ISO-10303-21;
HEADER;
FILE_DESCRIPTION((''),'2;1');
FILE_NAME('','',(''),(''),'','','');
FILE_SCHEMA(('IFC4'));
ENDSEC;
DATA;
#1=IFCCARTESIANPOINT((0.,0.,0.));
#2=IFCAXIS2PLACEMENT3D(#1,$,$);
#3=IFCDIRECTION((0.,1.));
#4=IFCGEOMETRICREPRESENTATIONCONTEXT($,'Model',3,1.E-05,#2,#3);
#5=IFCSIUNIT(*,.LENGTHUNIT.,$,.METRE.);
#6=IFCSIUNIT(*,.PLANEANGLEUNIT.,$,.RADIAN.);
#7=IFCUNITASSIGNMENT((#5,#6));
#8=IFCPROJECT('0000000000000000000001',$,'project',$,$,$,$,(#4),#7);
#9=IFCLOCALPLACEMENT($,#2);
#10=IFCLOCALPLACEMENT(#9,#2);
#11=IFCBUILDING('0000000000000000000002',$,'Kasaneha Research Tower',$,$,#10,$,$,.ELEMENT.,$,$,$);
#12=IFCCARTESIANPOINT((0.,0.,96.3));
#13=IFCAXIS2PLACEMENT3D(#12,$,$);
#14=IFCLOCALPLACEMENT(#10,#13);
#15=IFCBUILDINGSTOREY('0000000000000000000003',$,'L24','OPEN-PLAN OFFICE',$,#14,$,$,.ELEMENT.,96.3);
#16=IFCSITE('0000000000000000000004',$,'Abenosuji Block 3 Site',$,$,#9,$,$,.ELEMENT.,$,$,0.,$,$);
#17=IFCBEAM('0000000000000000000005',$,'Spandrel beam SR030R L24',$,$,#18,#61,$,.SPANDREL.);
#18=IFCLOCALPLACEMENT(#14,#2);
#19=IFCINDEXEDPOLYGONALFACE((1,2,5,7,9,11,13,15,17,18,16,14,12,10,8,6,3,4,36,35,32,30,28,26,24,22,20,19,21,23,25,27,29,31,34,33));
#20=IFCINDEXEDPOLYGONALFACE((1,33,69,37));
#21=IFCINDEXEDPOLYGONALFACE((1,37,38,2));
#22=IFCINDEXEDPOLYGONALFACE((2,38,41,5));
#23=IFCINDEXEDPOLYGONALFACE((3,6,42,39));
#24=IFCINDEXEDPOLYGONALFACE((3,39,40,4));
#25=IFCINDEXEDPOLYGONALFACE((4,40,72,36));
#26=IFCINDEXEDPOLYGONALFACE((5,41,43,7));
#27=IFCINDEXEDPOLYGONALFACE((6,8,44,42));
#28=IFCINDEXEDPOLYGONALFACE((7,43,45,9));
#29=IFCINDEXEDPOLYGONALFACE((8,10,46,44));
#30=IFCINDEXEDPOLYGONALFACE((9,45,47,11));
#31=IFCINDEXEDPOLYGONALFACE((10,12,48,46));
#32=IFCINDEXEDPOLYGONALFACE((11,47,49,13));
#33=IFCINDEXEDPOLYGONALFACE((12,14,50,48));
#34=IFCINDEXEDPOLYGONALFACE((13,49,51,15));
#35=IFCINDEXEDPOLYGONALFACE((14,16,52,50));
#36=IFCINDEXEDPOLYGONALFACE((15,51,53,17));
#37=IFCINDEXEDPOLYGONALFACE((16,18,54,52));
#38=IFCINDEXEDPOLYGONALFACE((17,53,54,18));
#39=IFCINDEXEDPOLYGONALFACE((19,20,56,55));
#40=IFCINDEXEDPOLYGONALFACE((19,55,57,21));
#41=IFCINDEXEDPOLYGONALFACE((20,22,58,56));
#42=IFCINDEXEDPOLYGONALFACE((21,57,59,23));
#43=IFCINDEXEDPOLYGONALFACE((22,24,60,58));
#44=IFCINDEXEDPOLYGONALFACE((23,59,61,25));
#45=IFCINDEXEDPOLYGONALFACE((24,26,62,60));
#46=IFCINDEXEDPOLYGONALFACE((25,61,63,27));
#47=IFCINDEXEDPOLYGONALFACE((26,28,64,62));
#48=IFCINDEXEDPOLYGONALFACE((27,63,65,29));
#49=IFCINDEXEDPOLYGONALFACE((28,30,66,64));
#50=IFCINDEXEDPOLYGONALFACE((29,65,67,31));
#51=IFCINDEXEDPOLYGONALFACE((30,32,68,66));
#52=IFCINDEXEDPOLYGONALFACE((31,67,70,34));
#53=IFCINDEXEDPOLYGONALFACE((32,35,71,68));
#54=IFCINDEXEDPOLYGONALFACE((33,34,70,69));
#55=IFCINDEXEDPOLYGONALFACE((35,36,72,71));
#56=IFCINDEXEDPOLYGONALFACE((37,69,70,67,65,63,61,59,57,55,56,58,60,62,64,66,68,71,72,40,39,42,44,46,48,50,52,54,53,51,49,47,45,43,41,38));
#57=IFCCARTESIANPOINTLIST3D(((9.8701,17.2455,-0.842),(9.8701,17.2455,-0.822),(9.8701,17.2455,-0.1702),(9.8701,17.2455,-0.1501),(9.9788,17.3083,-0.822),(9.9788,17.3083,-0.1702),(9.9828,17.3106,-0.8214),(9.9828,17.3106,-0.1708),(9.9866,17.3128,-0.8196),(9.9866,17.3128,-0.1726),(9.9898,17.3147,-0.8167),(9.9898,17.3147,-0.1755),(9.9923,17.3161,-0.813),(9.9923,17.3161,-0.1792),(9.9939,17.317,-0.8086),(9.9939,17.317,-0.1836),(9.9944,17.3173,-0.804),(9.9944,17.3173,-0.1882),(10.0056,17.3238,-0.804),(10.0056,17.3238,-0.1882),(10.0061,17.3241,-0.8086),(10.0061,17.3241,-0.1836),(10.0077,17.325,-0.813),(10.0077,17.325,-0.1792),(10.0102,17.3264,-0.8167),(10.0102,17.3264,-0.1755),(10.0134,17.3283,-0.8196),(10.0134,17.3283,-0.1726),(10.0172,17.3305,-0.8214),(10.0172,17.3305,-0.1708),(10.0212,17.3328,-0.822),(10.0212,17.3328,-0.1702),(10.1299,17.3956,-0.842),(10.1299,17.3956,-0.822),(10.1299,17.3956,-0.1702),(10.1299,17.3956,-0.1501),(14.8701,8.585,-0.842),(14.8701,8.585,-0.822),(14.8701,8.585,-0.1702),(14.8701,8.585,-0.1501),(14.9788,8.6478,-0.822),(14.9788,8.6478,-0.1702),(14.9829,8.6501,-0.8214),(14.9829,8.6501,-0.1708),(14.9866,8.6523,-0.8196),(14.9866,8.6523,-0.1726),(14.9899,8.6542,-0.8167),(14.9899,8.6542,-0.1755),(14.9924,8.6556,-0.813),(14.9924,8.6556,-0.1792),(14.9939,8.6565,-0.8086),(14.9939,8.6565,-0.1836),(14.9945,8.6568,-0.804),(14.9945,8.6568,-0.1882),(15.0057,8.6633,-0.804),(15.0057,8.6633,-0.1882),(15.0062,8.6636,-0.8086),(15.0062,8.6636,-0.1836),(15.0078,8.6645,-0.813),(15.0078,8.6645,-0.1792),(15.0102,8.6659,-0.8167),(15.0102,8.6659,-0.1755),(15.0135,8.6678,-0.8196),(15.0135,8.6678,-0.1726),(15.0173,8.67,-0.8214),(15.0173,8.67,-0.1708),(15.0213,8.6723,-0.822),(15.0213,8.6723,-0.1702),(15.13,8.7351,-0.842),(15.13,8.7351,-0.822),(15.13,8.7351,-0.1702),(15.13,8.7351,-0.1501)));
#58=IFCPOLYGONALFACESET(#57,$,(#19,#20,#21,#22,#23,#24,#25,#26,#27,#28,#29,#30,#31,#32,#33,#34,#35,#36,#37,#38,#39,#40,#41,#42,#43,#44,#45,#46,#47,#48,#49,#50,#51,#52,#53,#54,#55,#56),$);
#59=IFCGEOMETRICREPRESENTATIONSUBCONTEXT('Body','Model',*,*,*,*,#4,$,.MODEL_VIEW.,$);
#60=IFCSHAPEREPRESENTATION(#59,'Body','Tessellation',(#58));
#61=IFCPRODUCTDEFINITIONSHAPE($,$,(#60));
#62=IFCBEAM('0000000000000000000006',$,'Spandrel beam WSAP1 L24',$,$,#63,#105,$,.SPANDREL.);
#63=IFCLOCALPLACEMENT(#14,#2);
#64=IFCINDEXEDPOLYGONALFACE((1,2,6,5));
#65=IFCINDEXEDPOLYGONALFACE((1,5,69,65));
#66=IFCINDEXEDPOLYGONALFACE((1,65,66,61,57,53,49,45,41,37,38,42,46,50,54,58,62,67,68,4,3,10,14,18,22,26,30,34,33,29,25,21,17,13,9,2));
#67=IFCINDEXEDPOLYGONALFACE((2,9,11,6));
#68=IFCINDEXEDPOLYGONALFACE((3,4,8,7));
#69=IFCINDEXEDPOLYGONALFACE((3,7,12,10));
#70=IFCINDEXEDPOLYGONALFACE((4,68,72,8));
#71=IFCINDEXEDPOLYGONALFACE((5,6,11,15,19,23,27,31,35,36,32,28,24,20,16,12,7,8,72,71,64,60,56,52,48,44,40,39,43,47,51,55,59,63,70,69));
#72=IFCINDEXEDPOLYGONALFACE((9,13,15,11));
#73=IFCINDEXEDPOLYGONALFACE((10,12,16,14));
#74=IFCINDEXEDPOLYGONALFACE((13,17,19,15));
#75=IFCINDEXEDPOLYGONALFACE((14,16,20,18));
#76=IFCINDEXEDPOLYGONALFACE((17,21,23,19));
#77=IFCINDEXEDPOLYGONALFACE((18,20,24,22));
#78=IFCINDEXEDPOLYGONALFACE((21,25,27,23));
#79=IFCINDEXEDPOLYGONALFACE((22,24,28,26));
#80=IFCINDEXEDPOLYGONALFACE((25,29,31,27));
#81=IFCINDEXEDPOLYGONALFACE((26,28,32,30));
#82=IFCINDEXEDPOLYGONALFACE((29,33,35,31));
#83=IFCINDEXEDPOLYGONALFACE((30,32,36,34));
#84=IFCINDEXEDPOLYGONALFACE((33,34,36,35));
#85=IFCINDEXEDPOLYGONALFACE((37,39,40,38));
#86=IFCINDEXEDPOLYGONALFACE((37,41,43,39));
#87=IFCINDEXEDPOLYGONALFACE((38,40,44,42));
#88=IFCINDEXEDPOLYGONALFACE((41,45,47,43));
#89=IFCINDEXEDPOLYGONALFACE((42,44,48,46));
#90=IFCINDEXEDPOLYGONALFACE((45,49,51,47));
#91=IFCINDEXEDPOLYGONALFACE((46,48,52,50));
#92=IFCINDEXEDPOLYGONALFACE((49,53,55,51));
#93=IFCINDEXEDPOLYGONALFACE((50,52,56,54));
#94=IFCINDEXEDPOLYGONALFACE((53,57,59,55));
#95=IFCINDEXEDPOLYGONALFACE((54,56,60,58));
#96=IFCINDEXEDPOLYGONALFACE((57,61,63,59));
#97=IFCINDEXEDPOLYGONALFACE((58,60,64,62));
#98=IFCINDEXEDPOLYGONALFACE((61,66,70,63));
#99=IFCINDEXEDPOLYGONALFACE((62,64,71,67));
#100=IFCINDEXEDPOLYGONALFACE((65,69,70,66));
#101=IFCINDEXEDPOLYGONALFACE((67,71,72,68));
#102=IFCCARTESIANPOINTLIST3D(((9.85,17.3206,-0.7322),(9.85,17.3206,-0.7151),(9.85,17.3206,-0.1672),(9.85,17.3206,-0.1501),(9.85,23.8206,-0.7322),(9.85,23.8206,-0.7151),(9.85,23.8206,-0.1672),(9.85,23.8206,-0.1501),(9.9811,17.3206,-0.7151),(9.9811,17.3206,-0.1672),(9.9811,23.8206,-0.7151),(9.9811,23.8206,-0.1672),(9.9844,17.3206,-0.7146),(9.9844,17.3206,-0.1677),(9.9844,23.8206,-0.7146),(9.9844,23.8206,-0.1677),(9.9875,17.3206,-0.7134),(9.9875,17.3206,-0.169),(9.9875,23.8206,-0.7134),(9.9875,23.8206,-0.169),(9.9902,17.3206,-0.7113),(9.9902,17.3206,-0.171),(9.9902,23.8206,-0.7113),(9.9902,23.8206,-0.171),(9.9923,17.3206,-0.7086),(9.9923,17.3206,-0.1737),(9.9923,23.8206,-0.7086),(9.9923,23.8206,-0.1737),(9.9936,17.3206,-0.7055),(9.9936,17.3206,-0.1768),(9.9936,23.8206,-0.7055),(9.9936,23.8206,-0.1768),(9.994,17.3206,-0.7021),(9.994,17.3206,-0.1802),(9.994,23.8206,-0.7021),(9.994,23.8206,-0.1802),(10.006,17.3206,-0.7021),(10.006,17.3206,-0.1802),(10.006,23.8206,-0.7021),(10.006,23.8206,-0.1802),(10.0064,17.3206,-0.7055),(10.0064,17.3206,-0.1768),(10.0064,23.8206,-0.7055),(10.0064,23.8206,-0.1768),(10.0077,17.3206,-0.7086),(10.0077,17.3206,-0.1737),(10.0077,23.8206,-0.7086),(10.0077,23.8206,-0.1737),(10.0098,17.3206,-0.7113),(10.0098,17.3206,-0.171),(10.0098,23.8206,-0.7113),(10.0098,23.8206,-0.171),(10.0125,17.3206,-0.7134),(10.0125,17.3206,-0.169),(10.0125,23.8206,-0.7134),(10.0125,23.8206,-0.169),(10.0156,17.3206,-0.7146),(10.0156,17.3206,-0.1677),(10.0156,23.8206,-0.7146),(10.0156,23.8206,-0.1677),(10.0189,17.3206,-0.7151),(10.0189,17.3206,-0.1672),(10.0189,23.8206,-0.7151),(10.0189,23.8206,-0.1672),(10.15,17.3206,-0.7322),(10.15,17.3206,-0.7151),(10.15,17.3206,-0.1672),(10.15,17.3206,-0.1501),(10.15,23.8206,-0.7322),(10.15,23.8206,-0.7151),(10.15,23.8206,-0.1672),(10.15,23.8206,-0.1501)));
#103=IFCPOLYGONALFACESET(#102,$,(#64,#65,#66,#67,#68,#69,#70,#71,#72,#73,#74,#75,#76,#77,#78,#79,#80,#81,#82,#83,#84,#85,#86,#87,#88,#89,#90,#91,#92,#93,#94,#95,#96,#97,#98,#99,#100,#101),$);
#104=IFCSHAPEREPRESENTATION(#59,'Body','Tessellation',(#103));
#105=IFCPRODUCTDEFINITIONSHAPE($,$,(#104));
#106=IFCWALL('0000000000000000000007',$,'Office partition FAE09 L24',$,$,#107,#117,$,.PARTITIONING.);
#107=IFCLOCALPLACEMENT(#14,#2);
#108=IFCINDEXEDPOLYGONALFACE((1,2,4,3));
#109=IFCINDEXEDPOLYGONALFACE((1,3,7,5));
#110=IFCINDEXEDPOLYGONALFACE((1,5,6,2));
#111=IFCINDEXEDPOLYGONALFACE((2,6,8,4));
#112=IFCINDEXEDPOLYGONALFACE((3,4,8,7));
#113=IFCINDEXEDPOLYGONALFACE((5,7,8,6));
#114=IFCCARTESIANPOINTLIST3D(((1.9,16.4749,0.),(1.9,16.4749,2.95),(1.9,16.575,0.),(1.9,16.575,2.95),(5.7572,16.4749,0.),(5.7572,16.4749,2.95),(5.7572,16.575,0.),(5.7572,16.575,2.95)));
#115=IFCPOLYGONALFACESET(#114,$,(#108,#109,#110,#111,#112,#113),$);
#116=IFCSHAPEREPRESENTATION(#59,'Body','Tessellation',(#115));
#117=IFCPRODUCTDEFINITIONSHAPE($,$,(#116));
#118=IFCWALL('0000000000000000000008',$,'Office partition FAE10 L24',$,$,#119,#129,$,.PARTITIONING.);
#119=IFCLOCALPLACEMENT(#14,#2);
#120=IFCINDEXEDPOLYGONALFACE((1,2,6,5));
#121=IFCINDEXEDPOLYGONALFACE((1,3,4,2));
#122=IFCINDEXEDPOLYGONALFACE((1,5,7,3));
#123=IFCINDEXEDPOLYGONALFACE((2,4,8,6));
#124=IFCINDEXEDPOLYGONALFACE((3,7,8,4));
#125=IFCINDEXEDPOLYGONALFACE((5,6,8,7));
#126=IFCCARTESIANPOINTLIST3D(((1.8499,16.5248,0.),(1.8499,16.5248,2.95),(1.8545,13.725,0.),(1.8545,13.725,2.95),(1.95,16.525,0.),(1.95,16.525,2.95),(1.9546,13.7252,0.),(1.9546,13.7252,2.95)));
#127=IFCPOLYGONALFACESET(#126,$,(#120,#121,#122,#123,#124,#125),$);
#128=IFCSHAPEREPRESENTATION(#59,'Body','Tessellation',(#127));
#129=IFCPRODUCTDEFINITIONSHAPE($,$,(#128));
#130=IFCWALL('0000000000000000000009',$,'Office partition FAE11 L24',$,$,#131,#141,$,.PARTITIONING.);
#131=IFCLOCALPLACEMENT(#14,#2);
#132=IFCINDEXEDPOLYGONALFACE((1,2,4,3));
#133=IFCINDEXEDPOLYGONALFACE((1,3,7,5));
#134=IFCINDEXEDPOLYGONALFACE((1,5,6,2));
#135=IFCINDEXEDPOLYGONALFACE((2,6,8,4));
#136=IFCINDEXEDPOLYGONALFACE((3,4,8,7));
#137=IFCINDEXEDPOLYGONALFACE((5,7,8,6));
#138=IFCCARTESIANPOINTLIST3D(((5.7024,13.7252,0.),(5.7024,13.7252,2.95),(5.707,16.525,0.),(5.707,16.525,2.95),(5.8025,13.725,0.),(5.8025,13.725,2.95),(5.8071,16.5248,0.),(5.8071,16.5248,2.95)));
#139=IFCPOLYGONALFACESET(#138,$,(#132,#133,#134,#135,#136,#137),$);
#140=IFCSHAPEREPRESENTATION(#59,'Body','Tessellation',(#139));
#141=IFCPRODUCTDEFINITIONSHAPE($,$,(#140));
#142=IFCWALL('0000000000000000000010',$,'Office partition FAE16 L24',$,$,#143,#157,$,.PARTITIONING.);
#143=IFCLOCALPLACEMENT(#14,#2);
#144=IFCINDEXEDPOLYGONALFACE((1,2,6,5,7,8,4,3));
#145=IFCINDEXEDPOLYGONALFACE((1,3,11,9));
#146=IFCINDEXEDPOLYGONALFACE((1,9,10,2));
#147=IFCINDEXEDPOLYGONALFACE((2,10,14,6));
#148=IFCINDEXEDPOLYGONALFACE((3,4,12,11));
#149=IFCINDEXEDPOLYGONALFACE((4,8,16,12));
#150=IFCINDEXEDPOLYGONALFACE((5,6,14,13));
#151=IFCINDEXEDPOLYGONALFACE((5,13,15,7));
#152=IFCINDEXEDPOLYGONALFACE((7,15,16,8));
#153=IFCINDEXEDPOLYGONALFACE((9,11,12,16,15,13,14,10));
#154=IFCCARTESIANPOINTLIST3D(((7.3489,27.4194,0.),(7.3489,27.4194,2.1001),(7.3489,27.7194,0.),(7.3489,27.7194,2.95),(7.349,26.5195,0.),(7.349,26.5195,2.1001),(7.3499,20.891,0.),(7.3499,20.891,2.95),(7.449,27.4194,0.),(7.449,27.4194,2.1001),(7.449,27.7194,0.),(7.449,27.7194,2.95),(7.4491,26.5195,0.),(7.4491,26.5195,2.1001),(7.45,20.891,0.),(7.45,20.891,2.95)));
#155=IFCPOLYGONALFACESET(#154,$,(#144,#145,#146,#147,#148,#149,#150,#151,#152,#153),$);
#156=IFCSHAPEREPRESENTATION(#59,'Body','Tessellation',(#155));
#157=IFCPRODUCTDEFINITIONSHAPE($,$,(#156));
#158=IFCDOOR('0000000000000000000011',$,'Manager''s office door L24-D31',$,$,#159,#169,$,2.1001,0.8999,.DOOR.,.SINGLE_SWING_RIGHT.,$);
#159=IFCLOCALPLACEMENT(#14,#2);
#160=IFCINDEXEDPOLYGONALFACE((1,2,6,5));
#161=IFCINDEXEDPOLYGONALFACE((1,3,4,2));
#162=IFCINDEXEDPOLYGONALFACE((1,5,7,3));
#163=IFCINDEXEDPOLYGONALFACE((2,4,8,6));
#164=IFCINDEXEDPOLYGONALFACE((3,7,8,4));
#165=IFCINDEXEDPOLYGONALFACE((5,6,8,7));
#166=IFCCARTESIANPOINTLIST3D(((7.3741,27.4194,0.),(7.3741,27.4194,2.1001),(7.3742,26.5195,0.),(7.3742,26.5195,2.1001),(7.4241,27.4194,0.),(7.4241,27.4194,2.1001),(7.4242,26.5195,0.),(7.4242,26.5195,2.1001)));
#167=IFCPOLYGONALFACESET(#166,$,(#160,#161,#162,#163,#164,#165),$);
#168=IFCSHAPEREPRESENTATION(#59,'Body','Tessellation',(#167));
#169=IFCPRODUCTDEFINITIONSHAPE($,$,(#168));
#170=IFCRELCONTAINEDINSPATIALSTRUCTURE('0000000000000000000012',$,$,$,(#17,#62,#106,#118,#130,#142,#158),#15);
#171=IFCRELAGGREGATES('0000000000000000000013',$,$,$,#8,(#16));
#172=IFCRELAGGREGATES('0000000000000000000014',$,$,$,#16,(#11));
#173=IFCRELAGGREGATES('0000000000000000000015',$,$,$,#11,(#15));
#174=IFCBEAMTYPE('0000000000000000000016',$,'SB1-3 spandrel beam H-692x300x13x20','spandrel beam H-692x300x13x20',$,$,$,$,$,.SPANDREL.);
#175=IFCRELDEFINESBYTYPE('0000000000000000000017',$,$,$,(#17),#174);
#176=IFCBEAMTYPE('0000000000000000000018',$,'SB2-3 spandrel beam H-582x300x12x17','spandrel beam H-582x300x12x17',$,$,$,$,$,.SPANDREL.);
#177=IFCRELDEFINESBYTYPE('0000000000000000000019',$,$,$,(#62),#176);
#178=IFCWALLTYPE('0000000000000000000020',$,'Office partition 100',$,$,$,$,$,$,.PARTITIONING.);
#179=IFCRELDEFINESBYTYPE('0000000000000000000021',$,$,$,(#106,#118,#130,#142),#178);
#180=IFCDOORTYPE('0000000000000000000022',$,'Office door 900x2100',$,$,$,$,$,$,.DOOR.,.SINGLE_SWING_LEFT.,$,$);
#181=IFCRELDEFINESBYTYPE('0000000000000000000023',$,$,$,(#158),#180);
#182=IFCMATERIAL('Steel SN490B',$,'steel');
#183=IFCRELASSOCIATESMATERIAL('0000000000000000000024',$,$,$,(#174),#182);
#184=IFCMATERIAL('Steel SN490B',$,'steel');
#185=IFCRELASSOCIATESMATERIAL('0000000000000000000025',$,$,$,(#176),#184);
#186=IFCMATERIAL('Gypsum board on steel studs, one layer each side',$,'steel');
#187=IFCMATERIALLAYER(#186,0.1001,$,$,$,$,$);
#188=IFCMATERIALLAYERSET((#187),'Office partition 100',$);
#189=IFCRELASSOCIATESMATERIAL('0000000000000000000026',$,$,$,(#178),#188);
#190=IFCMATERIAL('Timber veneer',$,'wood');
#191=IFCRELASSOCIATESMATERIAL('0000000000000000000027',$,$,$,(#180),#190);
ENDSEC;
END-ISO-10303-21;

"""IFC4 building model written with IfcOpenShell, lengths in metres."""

from ifc_helpers import new_model, si_unit, direction, frame, frame_2d, origin, origin_2d, place, context, subcontext, project, spatial, rectangle, i_section, extrude, material, layer, layer_set, material_profile, profile_set, type_object, element, fill, save


model = new_model("IFC4")

# Units and contexts
model_context = context("Model", 3, precision=1e-05, world=origin(), true_north=direction((0.0, 1.0)))
body_context = subcontext(model_context, "Body", "Model", "MODEL_VIEW")
ifc_project = project(units=[si_unit("LENGTHUNIT", "METRE"), si_unit("PLANEANGLEUNIT", "RADIAN")], contexts=[model_context])

# Site, building, storey
site_placement = place(None, origin())
site = spatial("IfcSite", under=ifc_project, at=site_placement, Name="Abenosuji Block 3 Site", CompositionType="ELEMENT", RefElevation=0.0)
building_placement = place(site_placement, origin())
building = spatial("IfcBuilding", under=site, at=building_placement, Name="Kasaneha Research Tower", CompositionType="ELEMENT")
storey_placement = place(building_placement, frame((0.0, 0.0, 96.3)))
storey = spatial("IfcBuildingStorey", under=building, at=storey_placement, Name="L24", Description="OPEN-PLAN OFFICE", CompositionType="ELEMENT", Elevation=96.3)

# Beams
ifc_material_1 = material(Name="Steel SN490B", Category="steel")
ifc_material_profile_1 = material_profile(ifc_material_1, i_section(OverallWidth=0.3, OverallDepth=0.6919, WebThickness=0.0129, FlangeThickness=0.02, FilletRadius=0.0181, at=origin_2d()), Name="H-692x300x13x20")
ifc_profile_set_1 = profile_set([ifc_material_profile_1], Name="Steel SN490B")
beam_type_1 = type_object("IfcBeamType", Name="SB1-3 spandrel beam H-692x300x13x20", Description="spandrel beam H-692x300x13x20", PredefinedType="SPANDREL", material=ifc_profile_set_1)
beam_1_placement = place(storey_placement, frame((10.0, 17.3206, -0.4961), z_axis=(0.499994, -0.866029, 0.0), x_axis=(0.866029, 0.499994, 0.0)))
element("IfcBeam", 1, at=beam_1_placement, inside=storey, type_object=beam_type_1, Name="Spandrel beam SR030R L24", PredefinedType="SPANDREL", context=body_context, shape_type="SweptSolid", body=[
    extrude(i_section(OverallWidth=0.3, OverallDepth=0.6919, WebThickness=0.0129, FlangeThickness=0.02, FilletRadius=0.0181, at=origin_2d()), origin(), (0.0, 0.0, 1.0), 10.0002),
])
ifc_material_2 = material(Name="Steel SN490B", Category="steel")
ifc_material_profile_2 = material_profile(ifc_material_2, i_section(OverallWidth=0.3, OverallDepth=0.582, WebThickness=0.012, FlangeThickness=0.0171, FilletRadius=0.0129, at=origin_2d()), Name="H-582x300x12x17")
ifc_profile_set_2 = profile_set([ifc_material_profile_2], Name="Steel SN490B")
beam_type_2 = type_object("IfcBeamType", Name="SB2-3 spandrel beam H-582x300x12x17", Description="spandrel beam H-582x300x12x17", PredefinedType="SPANDREL", material=ifc_profile_set_2)
beam_2_placement = place(storey_placement, frame((10.0, 17.3206, -0.4412), z_axis=(0.0, 1.0, 0.0), x_axis=(-1.0, 0.0, 0.0)))
element("IfcBeam", 2, at=beam_2_placement, inside=storey, type_object=beam_type_2, Name="Spandrel beam WSAP1 L24", PredefinedType="SPANDREL", context=body_context, shape_type="SweptSolid", body=[
    extrude(i_section(OverallWidth=0.3, OverallDepth=0.582, WebThickness=0.012, FlangeThickness=0.0171, FilletRadius=0.0129, at=origin_2d()), origin(), (0.0, 0.0, 1.0), 6.5),
])

# Walls
ifc_material_3 = material(Name="Gypsum board on steel studs, one layer each side", Category="steel")
ifc_layer_1 = layer(ifc_material_3, 0.1001)
ifc_layer_set_1 = layer_set([ifc_layer_1], Name="Office partition 100")
wall_type_1 = type_object("IfcWallType", Name="Office partition 100", PredefinedType="PARTITIONING", material=ifc_layer_set_1)
wall_1_placement = place(storey_placement, frame((1.8999, 16.5249, 0.0), z_axis=(0.0, 0.0, 1.0), x_axis=(1.0, 0.0, 0.0)))
element("IfcWall", 3, at=wall_1_placement, inside=storey, type_object=wall_type_1, Name="Office partition FAE09 L24", PredefinedType="PARTITIONING", context=body_context, shape_type="SweptSolid", body=[
    extrude(rectangle(XDim=3.8572, YDim=0.1001, at=frame_2d((1.9287, 0.0))), origin(), (0.0, 0.0, 1.0), 2.95),
])
for number, where, z_axis, x_axis, name in (
    (4, (1.9045, 13.7251, 0.0), (0.0, 0.0, 1.0), (-0.001657, 0.999999, 0.0), "Office partition FAE10 L24"),
    (5, (5.7571, 16.5249, 0.0), (0.0, 0.0, 1.0), (-0.001657, -0.999999, 0.0), "Office partition FAE11 L24"),
):
    element("IfcWall", number, at=place(storey_placement, frame(where, z_axis=z_axis, x_axis=x_axis)), inside=storey, type_object=wall_type_1, Name=name, PredefinedType="PARTITIONING", context=body_context, shape_type="SweptSolid", body=[
        extrude(rectangle(XDim=2.7998, YDim=0.1001, at=frame_2d((1.3999, 0.0))), origin(), (0.0, 0.0, 1.0), 2.95),
    ])

# Wall, opening, door
wall_2_placement = place(storey_placement, frame((7.3999, 20.8911, 0.0), z_axis=(0.0, 0.0, 1.0), x_axis=(-0.000143, 1.0, 0.0)))
wall_2 = element("IfcWall", 6, at=wall_2_placement, inside=storey, type_object=wall_type_1, Name="Office partition FAE16 L24", PredefinedType="PARTITIONING", context=body_context, shape_type="SweptSolid", body=[
    extrude(rectangle(XDim=6.8284, YDim=0.1001, at=frame_2d((3.4141, 0.0))), origin(), (0.0, 0.0, 1.0), 2.95),
])
opening_1_placement = place(wall_2_placement, frame((5.6284, 0.0, 0.0)))
opening_1 = element("IfcOpeningElement", 7, at=opening_1_placement, cuts=wall_2, PredefinedType="OPENING", context=body_context, shape_type="SweptSolid", body=[
    extrude(rectangle(XDim=0.8999, YDim=2.1001, at=frame_2d((0.45, 1.05))), frame((0.0, 0.0601, 0.0), z_axis=(0.0, -1.0, 0.0), x_axis=(1.0, 0.0, 0.0)), (0.0, 0.0, 1.0), 0.1201),
])
ifc_material_4 = material(Name="Timber veneer", Category="wood")
door_type_1 = type_object("IfcDoorType", Name="Office door 900x2100", OperationType="SINGLE_SWING_LEFT", PredefinedType="DOOR", material=ifc_material_4)
door_1_placement = place(opening_1_placement, origin())
door_1 = element("IfcDoor", 8, at=door_1_placement, inside=storey, type_object=door_type_1, Name="Manager's office door L24-D31", OperationType="SINGLE_SWING_RIGHT", OverallHeight=2.1001, OverallWidth=0.8999, PredefinedType="DOOR", context=body_context, shape_type="SweptSolid", body=[
    extrude(rectangle(XDim=0.8999, YDim=2.1001, at=frame_2d((0.45, 1.05))), frame((0.0, 0.0249, 0.0), z_axis=(0.0, -1.0, 0.0), x_axis=(1.0, 0.0, 0.0)), (0.0, 0.0, 1.0), 0.05),
])
fill(opening_1, door_1)

save(model, "model.ifc")
